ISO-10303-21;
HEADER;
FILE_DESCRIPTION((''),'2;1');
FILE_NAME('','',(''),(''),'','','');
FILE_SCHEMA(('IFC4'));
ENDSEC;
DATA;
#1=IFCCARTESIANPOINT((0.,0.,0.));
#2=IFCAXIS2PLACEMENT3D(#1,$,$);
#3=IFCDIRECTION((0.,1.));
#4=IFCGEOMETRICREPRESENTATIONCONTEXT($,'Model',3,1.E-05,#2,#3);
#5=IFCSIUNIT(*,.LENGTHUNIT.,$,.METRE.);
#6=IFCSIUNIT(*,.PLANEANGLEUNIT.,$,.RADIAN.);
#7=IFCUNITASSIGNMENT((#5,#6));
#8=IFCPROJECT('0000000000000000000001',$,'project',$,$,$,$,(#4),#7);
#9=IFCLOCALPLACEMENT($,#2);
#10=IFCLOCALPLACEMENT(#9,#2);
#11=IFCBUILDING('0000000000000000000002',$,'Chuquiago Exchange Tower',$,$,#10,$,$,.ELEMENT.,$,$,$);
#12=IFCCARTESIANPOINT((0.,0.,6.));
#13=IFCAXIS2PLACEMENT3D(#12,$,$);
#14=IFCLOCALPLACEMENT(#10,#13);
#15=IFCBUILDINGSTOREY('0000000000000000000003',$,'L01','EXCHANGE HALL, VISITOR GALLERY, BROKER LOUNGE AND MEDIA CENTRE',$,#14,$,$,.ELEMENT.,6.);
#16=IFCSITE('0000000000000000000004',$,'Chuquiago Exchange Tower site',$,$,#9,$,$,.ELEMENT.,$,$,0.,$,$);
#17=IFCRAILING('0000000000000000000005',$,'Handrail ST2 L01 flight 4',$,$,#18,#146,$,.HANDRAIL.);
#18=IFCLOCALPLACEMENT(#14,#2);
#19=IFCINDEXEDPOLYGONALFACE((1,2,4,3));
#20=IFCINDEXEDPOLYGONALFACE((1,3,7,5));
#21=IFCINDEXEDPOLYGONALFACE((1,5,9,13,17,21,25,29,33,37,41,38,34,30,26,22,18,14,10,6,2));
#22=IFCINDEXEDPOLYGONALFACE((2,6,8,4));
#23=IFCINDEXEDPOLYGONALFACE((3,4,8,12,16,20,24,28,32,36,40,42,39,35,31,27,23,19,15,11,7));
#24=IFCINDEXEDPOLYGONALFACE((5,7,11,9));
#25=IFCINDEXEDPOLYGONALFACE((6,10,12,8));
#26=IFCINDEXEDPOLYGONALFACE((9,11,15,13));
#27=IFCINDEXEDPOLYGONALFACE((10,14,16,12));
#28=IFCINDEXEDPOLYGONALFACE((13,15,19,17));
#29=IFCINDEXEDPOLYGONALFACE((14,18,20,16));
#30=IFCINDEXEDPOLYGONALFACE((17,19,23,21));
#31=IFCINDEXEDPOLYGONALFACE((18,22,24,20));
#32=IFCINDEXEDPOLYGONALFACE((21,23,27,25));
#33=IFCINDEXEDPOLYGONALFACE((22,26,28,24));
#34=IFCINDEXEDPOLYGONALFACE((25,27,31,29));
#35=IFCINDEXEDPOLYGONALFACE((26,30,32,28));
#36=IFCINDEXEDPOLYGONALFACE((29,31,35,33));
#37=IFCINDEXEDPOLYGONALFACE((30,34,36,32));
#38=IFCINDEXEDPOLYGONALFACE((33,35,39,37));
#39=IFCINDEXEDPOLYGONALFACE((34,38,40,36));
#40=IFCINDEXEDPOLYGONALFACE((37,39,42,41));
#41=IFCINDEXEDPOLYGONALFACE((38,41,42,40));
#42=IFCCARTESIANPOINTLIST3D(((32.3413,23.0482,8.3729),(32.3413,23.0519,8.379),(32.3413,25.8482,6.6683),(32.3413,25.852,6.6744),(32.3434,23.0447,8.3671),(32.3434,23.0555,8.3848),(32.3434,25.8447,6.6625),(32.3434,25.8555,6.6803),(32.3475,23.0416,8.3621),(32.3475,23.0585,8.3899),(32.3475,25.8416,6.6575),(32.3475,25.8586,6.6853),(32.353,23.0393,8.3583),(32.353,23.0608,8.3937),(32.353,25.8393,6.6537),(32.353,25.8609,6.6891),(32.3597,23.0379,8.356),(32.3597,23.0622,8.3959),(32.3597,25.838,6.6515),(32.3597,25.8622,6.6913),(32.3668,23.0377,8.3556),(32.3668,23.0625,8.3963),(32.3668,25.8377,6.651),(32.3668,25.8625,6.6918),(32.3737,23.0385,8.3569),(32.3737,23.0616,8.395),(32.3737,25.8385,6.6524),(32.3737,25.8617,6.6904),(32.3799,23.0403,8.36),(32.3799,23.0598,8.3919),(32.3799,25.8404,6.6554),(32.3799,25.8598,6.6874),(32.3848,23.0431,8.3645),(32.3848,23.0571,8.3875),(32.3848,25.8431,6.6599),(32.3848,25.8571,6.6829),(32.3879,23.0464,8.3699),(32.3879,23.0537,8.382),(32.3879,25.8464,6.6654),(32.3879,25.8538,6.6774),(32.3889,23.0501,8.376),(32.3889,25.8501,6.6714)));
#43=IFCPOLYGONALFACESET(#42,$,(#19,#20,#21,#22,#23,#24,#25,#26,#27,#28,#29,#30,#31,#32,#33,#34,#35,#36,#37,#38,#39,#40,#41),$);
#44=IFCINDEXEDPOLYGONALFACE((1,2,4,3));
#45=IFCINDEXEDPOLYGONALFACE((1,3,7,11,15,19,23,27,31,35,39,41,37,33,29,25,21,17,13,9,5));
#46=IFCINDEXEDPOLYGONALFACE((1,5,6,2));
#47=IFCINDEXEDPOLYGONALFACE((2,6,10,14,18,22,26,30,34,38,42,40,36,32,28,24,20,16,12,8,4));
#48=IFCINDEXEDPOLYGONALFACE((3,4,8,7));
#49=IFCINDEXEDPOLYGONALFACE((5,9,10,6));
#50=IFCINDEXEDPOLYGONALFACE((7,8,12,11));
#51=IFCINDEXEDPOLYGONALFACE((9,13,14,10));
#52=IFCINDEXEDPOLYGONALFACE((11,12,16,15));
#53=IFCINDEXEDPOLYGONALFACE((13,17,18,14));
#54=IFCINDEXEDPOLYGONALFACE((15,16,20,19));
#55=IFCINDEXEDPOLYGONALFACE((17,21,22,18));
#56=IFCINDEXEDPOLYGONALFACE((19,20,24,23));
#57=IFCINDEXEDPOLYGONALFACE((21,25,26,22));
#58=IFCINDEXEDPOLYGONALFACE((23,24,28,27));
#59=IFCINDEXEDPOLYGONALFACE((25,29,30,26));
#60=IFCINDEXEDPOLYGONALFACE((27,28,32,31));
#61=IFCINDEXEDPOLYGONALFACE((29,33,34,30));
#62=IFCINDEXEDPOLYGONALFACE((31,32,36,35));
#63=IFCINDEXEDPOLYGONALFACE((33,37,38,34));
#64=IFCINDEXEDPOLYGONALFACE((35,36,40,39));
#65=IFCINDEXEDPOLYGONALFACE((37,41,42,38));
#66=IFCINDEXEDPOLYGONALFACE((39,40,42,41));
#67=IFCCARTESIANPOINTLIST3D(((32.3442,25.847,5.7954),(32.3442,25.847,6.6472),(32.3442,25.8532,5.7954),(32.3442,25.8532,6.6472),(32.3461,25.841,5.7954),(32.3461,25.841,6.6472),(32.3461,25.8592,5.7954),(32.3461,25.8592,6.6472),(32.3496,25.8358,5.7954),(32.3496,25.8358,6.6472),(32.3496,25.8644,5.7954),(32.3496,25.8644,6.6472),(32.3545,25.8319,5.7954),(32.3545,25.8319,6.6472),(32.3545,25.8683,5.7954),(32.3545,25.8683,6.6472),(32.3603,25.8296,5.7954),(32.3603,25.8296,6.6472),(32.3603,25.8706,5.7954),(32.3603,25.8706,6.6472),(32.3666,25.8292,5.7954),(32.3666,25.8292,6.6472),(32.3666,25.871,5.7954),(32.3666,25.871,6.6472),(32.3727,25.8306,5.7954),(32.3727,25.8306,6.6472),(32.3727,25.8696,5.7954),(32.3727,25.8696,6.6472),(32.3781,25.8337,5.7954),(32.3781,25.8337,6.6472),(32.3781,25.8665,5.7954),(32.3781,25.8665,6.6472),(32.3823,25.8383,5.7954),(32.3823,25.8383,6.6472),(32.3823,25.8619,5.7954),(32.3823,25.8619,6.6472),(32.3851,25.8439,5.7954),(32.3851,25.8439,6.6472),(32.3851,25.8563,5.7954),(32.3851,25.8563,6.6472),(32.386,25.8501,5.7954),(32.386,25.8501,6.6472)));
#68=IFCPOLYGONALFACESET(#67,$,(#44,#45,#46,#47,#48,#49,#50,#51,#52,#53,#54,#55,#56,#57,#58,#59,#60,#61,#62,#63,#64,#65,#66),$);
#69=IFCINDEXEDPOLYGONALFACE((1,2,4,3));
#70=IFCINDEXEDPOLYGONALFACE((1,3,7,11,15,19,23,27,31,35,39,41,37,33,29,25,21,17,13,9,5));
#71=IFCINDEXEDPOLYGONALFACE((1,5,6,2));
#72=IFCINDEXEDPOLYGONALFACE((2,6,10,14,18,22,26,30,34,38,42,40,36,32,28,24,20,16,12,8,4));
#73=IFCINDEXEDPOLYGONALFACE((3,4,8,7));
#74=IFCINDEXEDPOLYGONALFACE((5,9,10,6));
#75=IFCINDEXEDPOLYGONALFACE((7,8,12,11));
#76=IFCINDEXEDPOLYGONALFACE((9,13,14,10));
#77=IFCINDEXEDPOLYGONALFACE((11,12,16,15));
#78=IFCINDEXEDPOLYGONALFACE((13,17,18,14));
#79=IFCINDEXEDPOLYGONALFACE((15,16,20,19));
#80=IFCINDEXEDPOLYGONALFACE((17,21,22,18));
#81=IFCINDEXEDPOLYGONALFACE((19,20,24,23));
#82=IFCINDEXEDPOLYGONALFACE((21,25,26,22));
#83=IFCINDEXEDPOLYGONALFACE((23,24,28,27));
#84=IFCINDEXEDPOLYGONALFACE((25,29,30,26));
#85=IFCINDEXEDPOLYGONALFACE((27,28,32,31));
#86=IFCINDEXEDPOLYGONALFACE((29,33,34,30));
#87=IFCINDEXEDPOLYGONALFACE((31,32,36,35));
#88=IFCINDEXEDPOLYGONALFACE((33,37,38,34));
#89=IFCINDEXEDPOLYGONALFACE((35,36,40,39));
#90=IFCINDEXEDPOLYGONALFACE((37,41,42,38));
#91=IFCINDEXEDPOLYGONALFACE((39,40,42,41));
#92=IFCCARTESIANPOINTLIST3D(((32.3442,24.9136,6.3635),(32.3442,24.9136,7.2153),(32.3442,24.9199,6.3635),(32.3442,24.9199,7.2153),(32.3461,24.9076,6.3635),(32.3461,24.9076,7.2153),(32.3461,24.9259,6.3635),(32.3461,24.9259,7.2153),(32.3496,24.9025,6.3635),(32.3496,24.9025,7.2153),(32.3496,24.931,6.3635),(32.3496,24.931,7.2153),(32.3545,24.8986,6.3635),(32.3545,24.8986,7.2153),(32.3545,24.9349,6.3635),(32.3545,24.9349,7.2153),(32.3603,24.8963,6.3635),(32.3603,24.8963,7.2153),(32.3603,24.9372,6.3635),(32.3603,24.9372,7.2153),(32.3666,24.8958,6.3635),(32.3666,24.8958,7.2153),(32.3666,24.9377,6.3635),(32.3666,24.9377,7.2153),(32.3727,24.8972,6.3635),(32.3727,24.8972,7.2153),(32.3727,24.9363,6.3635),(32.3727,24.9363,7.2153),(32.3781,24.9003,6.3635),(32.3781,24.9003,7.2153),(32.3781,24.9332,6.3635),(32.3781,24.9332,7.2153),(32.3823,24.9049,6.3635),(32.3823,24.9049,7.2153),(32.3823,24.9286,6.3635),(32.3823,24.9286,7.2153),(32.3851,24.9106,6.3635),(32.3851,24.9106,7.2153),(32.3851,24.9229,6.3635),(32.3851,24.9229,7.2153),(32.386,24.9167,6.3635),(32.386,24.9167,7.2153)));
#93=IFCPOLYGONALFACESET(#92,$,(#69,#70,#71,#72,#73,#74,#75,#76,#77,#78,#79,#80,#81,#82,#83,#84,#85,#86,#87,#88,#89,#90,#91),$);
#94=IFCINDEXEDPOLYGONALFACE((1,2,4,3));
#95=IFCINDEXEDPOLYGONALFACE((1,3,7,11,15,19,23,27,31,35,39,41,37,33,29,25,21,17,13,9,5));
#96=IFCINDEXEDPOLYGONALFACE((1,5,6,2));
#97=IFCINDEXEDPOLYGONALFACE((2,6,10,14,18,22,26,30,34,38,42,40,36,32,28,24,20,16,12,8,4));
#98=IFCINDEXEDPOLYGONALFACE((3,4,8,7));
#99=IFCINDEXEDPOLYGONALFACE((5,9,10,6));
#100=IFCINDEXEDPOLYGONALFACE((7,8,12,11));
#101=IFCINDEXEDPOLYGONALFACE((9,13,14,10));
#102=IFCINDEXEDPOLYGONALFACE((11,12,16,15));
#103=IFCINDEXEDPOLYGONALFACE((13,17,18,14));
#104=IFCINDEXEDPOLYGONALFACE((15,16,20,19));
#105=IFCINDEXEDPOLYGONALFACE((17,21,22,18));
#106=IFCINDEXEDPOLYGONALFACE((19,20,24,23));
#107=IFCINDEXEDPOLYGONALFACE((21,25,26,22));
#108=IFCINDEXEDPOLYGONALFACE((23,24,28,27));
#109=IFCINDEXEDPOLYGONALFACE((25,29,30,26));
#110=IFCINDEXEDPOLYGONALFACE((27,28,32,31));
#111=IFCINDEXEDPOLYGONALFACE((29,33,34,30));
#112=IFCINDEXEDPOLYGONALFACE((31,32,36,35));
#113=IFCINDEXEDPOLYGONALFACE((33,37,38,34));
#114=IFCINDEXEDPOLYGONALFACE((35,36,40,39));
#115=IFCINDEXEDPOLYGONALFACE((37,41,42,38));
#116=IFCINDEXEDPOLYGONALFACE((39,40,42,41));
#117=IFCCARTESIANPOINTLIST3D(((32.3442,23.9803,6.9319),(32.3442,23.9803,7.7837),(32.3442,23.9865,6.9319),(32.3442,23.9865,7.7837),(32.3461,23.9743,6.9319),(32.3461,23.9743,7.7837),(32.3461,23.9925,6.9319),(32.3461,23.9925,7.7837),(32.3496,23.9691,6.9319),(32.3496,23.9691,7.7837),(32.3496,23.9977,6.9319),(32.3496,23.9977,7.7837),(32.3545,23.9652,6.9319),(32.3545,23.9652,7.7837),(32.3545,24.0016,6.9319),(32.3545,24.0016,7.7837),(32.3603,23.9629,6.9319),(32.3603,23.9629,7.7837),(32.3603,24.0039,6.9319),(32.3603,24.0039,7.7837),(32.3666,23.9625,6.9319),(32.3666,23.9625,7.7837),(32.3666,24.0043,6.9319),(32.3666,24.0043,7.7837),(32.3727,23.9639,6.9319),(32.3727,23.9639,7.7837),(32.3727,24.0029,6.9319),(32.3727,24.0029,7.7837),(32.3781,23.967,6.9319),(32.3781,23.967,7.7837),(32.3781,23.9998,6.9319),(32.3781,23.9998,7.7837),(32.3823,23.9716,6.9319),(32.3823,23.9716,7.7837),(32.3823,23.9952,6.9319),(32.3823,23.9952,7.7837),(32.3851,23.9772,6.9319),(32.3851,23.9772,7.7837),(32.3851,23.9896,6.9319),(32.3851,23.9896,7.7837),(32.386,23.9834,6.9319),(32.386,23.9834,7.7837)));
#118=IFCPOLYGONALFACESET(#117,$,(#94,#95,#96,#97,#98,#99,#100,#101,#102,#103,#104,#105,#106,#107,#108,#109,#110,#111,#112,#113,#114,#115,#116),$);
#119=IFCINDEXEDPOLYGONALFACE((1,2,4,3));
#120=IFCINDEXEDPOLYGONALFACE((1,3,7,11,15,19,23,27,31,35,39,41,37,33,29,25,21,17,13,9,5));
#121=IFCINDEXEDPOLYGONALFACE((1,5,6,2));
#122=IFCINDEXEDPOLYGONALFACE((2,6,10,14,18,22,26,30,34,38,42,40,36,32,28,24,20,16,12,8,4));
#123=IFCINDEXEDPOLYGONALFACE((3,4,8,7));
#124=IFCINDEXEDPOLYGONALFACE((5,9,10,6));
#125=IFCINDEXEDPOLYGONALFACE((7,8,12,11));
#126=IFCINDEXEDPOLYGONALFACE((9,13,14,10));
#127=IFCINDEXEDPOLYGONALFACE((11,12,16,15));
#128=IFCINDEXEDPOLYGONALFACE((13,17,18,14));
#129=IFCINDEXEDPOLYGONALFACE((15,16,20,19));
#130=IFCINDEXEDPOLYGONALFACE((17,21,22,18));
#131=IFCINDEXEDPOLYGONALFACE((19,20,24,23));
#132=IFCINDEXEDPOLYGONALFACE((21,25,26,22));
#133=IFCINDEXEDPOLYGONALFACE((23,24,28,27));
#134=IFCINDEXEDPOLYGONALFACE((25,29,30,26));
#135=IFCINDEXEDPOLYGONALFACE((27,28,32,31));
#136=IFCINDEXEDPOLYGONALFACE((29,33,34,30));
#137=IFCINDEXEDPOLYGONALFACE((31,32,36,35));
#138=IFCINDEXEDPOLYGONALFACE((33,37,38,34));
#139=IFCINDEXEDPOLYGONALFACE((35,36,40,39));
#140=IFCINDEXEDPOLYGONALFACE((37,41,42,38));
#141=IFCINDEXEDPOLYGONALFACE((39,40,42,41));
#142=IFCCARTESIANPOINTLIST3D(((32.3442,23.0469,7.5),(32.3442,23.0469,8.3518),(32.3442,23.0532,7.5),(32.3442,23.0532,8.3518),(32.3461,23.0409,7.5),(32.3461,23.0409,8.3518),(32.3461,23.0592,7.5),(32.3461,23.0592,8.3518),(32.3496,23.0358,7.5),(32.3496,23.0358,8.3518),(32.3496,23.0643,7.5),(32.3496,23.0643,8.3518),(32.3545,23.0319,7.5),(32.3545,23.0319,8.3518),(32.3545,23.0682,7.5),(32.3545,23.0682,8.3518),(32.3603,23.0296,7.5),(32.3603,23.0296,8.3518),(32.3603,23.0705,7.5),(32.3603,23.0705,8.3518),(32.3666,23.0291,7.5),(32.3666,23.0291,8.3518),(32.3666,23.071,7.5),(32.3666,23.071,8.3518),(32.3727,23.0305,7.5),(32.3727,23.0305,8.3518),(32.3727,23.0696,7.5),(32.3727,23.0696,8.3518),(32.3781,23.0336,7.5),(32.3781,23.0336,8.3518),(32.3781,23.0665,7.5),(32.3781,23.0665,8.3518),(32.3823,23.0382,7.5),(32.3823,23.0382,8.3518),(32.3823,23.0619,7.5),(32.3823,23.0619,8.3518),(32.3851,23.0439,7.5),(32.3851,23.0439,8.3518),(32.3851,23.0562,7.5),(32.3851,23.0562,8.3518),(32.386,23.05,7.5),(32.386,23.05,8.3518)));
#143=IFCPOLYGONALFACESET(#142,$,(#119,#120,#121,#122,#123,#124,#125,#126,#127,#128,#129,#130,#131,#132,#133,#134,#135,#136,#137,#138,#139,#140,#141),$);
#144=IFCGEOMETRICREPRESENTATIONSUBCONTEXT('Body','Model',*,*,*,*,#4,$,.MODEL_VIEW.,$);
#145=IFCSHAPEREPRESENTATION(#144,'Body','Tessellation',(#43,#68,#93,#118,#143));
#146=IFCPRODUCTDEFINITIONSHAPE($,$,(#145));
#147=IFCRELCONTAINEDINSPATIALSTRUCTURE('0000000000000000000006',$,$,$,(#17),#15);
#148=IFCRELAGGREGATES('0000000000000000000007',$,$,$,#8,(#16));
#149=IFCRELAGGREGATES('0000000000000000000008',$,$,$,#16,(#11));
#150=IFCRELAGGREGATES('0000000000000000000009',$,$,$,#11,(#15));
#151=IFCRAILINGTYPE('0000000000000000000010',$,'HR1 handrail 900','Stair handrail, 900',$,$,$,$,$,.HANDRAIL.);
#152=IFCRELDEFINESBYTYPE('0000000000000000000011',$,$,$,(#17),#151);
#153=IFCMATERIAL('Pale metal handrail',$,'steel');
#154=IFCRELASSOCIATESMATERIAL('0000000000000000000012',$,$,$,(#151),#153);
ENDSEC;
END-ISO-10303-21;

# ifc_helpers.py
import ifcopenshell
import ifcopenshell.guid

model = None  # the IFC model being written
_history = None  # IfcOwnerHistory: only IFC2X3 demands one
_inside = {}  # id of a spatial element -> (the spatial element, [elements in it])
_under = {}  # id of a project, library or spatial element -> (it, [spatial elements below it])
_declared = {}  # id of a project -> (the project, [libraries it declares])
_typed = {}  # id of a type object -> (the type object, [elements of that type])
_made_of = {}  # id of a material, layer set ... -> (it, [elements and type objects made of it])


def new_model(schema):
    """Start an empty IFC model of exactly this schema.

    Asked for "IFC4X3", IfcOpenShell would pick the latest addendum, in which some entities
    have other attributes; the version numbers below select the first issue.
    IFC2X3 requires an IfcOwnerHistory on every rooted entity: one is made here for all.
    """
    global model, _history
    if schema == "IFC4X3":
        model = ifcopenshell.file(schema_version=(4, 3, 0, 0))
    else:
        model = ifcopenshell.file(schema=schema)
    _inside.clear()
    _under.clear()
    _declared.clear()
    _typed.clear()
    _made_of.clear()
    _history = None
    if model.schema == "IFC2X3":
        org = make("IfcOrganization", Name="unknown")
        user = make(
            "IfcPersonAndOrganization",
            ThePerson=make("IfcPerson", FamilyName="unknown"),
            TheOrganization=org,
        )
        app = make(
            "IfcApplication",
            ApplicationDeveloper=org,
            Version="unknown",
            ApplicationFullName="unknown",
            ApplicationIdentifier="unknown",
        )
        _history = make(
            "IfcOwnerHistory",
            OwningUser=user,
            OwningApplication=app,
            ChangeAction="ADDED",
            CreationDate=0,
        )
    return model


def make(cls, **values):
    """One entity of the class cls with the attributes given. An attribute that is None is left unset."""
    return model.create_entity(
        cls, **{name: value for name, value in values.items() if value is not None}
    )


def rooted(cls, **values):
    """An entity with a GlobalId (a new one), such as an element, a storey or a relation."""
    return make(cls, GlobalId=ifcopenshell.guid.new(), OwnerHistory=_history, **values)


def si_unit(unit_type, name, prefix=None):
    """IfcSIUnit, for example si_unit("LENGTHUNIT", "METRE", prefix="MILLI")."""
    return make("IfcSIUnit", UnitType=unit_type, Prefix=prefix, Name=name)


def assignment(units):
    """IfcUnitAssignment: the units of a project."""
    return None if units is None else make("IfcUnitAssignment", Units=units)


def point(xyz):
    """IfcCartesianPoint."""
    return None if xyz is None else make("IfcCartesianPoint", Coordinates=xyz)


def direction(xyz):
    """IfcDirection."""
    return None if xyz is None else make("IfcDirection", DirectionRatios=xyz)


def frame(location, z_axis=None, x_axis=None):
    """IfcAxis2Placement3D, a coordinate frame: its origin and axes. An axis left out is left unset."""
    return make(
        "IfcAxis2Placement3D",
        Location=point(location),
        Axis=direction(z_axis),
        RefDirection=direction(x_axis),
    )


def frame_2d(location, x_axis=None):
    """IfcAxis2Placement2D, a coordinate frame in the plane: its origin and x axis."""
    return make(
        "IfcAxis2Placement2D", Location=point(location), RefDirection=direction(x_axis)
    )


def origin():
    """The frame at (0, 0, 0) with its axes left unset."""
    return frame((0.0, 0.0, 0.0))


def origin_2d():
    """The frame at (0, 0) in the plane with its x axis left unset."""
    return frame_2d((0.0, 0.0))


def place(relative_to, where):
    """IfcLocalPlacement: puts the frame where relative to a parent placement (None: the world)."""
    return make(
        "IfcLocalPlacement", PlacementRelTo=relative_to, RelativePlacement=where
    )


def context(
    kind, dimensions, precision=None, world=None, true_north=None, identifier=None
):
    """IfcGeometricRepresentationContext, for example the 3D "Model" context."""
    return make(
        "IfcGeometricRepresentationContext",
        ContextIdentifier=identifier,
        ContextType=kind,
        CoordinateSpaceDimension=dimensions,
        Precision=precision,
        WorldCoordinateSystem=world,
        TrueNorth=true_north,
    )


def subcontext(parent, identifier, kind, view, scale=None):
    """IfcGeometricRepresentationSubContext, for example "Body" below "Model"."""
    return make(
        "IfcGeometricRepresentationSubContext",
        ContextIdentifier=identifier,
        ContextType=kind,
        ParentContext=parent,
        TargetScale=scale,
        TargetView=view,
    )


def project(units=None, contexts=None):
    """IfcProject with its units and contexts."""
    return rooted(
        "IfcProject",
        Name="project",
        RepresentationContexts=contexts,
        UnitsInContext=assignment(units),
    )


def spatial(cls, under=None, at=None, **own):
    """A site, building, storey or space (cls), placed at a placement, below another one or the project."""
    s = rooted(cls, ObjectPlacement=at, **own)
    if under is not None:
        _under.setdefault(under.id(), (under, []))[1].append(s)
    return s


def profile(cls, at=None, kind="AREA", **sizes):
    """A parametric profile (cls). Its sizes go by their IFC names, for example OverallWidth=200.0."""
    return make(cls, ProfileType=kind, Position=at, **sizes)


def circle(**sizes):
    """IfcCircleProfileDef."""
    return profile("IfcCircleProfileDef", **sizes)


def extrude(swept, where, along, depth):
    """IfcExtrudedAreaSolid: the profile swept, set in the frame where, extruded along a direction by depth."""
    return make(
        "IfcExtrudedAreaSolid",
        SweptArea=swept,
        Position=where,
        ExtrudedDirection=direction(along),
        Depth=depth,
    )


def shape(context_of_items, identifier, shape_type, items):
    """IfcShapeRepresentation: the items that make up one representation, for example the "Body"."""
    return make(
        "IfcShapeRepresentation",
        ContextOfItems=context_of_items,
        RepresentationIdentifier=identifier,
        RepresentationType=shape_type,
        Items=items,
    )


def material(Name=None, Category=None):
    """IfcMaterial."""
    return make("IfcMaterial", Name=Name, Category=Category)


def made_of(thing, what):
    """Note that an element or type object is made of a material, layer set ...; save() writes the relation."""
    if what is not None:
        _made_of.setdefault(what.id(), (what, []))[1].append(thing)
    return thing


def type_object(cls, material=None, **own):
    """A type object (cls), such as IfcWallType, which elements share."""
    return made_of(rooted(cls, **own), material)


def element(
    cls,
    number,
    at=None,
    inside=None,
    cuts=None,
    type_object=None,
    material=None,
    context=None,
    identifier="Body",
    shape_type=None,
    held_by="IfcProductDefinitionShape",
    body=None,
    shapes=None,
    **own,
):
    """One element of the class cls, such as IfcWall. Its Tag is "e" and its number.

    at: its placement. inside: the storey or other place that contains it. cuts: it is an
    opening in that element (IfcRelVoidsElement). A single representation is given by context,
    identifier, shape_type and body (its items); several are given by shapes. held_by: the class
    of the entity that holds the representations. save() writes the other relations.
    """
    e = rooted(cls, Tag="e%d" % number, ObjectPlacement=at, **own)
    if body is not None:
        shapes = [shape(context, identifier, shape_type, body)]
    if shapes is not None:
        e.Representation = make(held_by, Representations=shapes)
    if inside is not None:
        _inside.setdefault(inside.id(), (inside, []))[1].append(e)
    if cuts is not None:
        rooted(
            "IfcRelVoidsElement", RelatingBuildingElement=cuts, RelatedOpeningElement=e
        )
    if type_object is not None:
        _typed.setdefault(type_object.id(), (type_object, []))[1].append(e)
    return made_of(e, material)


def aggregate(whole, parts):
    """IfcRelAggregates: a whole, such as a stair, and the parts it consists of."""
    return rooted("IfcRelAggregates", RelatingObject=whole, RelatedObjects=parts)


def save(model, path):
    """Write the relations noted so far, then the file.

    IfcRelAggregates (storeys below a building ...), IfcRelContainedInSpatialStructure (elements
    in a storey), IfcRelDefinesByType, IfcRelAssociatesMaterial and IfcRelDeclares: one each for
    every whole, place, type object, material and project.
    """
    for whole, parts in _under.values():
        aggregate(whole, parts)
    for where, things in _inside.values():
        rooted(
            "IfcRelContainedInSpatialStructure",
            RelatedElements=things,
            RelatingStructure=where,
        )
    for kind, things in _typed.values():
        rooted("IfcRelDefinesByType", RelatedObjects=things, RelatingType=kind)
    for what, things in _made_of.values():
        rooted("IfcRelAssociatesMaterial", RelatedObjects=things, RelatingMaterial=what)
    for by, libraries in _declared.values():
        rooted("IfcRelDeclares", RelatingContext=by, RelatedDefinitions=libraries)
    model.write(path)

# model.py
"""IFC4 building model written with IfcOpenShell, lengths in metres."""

from ifc_helpers import new_model, si_unit, direction, frame, origin, origin_2d, place, context, subcontext, project, spatial, circle, extrude, material, type_object, element, save


model = new_model("IFC4")

# Units and contexts
model_context = context("Model", 3, precision=1e-05, world=origin(), true_north=direction((0.0, 1.0)))
body_context = subcontext(model_context, "Body", "Model", "MODEL_VIEW")
ifc_project = project(units=[si_unit("LENGTHUNIT", "METRE"), si_unit("PLANEANGLEUNIT", "RADIAN")], contexts=[model_context])

# Site, building, storey
site_placement = place(None, origin())
site = spatial("IfcSite", under=ifc_project, at=site_placement, Name="Chuquiago Exchange Tower site", CompositionType="ELEMENT", RefElevation=0.0)
building_placement = place(site_placement, origin())
building = spatial("IfcBuilding", under=site, at=building_placement, Name="Chuquiago Exchange Tower", CompositionType="ELEMENT")
storey_placement = place(building_placement, frame((0.0, 0.0, 6.0)))
storey = spatial("IfcBuildingStorey", under=building, at=storey_placement, Name="L01", Description="EXCHANGE HALL, VISITOR GALLERY, BROKER LOUNGE AND MEDIA CENTRE", CompositionType="ELEMENT", Elevation=6.0)

# Railing
ifc_material_1 = material(Name="Pale metal handrail", Category="steel")
railing_type_1 = type_object("IfcRailingType", Name="HR1 handrail 900", Description="Stair handrail, 900", PredefinedType="HANDRAIL", material=ifc_material_1)
for number, where, name in (
    (1, (32.365, 25.8501, 5.7954), "Handrail ST2 L01 flight 4"),
):
    element("IfcRailing", number, at=place(storey_placement, frame(where)), inside=storey, type_object=railing_type_1, Name=name, PredefinedType="HANDRAIL", context=body_context, shape_type="SweptSolid", body=[
        extrude(circle(Radius=0.0239, at=origin_2d()), frame((0.0, 0.0, 0.876), z_axis=(0.0, -0.85417, 0.519994), x_axis=(1.0, 0.0, 0.0)), (0.0, 0.0, 1.0), 3.2781),
        extrude(circle(Radius=0.021, at=origin_2d()), origin(), (0.0, 0.0, 1.0), 0.8518),
        extrude(circle(Radius=0.021, at=origin_2d()), frame((0.0, -0.9333, 0.5681)), (0.0, 0.0, 1.0), 0.8518),
        extrude(circle(Radius=0.021, at=origin_2d()), frame((0.0, -1.8667, 1.1365)), (0.0, 0.0, 1.0), 0.8518),
        extrude(circle(Radius=0.021, at=origin_2d()), frame((0.0, -2.8, 1.7046)), (0.0, 0.0, 1.0), 0.8518),
    ])

save(model, "model.ifc")
